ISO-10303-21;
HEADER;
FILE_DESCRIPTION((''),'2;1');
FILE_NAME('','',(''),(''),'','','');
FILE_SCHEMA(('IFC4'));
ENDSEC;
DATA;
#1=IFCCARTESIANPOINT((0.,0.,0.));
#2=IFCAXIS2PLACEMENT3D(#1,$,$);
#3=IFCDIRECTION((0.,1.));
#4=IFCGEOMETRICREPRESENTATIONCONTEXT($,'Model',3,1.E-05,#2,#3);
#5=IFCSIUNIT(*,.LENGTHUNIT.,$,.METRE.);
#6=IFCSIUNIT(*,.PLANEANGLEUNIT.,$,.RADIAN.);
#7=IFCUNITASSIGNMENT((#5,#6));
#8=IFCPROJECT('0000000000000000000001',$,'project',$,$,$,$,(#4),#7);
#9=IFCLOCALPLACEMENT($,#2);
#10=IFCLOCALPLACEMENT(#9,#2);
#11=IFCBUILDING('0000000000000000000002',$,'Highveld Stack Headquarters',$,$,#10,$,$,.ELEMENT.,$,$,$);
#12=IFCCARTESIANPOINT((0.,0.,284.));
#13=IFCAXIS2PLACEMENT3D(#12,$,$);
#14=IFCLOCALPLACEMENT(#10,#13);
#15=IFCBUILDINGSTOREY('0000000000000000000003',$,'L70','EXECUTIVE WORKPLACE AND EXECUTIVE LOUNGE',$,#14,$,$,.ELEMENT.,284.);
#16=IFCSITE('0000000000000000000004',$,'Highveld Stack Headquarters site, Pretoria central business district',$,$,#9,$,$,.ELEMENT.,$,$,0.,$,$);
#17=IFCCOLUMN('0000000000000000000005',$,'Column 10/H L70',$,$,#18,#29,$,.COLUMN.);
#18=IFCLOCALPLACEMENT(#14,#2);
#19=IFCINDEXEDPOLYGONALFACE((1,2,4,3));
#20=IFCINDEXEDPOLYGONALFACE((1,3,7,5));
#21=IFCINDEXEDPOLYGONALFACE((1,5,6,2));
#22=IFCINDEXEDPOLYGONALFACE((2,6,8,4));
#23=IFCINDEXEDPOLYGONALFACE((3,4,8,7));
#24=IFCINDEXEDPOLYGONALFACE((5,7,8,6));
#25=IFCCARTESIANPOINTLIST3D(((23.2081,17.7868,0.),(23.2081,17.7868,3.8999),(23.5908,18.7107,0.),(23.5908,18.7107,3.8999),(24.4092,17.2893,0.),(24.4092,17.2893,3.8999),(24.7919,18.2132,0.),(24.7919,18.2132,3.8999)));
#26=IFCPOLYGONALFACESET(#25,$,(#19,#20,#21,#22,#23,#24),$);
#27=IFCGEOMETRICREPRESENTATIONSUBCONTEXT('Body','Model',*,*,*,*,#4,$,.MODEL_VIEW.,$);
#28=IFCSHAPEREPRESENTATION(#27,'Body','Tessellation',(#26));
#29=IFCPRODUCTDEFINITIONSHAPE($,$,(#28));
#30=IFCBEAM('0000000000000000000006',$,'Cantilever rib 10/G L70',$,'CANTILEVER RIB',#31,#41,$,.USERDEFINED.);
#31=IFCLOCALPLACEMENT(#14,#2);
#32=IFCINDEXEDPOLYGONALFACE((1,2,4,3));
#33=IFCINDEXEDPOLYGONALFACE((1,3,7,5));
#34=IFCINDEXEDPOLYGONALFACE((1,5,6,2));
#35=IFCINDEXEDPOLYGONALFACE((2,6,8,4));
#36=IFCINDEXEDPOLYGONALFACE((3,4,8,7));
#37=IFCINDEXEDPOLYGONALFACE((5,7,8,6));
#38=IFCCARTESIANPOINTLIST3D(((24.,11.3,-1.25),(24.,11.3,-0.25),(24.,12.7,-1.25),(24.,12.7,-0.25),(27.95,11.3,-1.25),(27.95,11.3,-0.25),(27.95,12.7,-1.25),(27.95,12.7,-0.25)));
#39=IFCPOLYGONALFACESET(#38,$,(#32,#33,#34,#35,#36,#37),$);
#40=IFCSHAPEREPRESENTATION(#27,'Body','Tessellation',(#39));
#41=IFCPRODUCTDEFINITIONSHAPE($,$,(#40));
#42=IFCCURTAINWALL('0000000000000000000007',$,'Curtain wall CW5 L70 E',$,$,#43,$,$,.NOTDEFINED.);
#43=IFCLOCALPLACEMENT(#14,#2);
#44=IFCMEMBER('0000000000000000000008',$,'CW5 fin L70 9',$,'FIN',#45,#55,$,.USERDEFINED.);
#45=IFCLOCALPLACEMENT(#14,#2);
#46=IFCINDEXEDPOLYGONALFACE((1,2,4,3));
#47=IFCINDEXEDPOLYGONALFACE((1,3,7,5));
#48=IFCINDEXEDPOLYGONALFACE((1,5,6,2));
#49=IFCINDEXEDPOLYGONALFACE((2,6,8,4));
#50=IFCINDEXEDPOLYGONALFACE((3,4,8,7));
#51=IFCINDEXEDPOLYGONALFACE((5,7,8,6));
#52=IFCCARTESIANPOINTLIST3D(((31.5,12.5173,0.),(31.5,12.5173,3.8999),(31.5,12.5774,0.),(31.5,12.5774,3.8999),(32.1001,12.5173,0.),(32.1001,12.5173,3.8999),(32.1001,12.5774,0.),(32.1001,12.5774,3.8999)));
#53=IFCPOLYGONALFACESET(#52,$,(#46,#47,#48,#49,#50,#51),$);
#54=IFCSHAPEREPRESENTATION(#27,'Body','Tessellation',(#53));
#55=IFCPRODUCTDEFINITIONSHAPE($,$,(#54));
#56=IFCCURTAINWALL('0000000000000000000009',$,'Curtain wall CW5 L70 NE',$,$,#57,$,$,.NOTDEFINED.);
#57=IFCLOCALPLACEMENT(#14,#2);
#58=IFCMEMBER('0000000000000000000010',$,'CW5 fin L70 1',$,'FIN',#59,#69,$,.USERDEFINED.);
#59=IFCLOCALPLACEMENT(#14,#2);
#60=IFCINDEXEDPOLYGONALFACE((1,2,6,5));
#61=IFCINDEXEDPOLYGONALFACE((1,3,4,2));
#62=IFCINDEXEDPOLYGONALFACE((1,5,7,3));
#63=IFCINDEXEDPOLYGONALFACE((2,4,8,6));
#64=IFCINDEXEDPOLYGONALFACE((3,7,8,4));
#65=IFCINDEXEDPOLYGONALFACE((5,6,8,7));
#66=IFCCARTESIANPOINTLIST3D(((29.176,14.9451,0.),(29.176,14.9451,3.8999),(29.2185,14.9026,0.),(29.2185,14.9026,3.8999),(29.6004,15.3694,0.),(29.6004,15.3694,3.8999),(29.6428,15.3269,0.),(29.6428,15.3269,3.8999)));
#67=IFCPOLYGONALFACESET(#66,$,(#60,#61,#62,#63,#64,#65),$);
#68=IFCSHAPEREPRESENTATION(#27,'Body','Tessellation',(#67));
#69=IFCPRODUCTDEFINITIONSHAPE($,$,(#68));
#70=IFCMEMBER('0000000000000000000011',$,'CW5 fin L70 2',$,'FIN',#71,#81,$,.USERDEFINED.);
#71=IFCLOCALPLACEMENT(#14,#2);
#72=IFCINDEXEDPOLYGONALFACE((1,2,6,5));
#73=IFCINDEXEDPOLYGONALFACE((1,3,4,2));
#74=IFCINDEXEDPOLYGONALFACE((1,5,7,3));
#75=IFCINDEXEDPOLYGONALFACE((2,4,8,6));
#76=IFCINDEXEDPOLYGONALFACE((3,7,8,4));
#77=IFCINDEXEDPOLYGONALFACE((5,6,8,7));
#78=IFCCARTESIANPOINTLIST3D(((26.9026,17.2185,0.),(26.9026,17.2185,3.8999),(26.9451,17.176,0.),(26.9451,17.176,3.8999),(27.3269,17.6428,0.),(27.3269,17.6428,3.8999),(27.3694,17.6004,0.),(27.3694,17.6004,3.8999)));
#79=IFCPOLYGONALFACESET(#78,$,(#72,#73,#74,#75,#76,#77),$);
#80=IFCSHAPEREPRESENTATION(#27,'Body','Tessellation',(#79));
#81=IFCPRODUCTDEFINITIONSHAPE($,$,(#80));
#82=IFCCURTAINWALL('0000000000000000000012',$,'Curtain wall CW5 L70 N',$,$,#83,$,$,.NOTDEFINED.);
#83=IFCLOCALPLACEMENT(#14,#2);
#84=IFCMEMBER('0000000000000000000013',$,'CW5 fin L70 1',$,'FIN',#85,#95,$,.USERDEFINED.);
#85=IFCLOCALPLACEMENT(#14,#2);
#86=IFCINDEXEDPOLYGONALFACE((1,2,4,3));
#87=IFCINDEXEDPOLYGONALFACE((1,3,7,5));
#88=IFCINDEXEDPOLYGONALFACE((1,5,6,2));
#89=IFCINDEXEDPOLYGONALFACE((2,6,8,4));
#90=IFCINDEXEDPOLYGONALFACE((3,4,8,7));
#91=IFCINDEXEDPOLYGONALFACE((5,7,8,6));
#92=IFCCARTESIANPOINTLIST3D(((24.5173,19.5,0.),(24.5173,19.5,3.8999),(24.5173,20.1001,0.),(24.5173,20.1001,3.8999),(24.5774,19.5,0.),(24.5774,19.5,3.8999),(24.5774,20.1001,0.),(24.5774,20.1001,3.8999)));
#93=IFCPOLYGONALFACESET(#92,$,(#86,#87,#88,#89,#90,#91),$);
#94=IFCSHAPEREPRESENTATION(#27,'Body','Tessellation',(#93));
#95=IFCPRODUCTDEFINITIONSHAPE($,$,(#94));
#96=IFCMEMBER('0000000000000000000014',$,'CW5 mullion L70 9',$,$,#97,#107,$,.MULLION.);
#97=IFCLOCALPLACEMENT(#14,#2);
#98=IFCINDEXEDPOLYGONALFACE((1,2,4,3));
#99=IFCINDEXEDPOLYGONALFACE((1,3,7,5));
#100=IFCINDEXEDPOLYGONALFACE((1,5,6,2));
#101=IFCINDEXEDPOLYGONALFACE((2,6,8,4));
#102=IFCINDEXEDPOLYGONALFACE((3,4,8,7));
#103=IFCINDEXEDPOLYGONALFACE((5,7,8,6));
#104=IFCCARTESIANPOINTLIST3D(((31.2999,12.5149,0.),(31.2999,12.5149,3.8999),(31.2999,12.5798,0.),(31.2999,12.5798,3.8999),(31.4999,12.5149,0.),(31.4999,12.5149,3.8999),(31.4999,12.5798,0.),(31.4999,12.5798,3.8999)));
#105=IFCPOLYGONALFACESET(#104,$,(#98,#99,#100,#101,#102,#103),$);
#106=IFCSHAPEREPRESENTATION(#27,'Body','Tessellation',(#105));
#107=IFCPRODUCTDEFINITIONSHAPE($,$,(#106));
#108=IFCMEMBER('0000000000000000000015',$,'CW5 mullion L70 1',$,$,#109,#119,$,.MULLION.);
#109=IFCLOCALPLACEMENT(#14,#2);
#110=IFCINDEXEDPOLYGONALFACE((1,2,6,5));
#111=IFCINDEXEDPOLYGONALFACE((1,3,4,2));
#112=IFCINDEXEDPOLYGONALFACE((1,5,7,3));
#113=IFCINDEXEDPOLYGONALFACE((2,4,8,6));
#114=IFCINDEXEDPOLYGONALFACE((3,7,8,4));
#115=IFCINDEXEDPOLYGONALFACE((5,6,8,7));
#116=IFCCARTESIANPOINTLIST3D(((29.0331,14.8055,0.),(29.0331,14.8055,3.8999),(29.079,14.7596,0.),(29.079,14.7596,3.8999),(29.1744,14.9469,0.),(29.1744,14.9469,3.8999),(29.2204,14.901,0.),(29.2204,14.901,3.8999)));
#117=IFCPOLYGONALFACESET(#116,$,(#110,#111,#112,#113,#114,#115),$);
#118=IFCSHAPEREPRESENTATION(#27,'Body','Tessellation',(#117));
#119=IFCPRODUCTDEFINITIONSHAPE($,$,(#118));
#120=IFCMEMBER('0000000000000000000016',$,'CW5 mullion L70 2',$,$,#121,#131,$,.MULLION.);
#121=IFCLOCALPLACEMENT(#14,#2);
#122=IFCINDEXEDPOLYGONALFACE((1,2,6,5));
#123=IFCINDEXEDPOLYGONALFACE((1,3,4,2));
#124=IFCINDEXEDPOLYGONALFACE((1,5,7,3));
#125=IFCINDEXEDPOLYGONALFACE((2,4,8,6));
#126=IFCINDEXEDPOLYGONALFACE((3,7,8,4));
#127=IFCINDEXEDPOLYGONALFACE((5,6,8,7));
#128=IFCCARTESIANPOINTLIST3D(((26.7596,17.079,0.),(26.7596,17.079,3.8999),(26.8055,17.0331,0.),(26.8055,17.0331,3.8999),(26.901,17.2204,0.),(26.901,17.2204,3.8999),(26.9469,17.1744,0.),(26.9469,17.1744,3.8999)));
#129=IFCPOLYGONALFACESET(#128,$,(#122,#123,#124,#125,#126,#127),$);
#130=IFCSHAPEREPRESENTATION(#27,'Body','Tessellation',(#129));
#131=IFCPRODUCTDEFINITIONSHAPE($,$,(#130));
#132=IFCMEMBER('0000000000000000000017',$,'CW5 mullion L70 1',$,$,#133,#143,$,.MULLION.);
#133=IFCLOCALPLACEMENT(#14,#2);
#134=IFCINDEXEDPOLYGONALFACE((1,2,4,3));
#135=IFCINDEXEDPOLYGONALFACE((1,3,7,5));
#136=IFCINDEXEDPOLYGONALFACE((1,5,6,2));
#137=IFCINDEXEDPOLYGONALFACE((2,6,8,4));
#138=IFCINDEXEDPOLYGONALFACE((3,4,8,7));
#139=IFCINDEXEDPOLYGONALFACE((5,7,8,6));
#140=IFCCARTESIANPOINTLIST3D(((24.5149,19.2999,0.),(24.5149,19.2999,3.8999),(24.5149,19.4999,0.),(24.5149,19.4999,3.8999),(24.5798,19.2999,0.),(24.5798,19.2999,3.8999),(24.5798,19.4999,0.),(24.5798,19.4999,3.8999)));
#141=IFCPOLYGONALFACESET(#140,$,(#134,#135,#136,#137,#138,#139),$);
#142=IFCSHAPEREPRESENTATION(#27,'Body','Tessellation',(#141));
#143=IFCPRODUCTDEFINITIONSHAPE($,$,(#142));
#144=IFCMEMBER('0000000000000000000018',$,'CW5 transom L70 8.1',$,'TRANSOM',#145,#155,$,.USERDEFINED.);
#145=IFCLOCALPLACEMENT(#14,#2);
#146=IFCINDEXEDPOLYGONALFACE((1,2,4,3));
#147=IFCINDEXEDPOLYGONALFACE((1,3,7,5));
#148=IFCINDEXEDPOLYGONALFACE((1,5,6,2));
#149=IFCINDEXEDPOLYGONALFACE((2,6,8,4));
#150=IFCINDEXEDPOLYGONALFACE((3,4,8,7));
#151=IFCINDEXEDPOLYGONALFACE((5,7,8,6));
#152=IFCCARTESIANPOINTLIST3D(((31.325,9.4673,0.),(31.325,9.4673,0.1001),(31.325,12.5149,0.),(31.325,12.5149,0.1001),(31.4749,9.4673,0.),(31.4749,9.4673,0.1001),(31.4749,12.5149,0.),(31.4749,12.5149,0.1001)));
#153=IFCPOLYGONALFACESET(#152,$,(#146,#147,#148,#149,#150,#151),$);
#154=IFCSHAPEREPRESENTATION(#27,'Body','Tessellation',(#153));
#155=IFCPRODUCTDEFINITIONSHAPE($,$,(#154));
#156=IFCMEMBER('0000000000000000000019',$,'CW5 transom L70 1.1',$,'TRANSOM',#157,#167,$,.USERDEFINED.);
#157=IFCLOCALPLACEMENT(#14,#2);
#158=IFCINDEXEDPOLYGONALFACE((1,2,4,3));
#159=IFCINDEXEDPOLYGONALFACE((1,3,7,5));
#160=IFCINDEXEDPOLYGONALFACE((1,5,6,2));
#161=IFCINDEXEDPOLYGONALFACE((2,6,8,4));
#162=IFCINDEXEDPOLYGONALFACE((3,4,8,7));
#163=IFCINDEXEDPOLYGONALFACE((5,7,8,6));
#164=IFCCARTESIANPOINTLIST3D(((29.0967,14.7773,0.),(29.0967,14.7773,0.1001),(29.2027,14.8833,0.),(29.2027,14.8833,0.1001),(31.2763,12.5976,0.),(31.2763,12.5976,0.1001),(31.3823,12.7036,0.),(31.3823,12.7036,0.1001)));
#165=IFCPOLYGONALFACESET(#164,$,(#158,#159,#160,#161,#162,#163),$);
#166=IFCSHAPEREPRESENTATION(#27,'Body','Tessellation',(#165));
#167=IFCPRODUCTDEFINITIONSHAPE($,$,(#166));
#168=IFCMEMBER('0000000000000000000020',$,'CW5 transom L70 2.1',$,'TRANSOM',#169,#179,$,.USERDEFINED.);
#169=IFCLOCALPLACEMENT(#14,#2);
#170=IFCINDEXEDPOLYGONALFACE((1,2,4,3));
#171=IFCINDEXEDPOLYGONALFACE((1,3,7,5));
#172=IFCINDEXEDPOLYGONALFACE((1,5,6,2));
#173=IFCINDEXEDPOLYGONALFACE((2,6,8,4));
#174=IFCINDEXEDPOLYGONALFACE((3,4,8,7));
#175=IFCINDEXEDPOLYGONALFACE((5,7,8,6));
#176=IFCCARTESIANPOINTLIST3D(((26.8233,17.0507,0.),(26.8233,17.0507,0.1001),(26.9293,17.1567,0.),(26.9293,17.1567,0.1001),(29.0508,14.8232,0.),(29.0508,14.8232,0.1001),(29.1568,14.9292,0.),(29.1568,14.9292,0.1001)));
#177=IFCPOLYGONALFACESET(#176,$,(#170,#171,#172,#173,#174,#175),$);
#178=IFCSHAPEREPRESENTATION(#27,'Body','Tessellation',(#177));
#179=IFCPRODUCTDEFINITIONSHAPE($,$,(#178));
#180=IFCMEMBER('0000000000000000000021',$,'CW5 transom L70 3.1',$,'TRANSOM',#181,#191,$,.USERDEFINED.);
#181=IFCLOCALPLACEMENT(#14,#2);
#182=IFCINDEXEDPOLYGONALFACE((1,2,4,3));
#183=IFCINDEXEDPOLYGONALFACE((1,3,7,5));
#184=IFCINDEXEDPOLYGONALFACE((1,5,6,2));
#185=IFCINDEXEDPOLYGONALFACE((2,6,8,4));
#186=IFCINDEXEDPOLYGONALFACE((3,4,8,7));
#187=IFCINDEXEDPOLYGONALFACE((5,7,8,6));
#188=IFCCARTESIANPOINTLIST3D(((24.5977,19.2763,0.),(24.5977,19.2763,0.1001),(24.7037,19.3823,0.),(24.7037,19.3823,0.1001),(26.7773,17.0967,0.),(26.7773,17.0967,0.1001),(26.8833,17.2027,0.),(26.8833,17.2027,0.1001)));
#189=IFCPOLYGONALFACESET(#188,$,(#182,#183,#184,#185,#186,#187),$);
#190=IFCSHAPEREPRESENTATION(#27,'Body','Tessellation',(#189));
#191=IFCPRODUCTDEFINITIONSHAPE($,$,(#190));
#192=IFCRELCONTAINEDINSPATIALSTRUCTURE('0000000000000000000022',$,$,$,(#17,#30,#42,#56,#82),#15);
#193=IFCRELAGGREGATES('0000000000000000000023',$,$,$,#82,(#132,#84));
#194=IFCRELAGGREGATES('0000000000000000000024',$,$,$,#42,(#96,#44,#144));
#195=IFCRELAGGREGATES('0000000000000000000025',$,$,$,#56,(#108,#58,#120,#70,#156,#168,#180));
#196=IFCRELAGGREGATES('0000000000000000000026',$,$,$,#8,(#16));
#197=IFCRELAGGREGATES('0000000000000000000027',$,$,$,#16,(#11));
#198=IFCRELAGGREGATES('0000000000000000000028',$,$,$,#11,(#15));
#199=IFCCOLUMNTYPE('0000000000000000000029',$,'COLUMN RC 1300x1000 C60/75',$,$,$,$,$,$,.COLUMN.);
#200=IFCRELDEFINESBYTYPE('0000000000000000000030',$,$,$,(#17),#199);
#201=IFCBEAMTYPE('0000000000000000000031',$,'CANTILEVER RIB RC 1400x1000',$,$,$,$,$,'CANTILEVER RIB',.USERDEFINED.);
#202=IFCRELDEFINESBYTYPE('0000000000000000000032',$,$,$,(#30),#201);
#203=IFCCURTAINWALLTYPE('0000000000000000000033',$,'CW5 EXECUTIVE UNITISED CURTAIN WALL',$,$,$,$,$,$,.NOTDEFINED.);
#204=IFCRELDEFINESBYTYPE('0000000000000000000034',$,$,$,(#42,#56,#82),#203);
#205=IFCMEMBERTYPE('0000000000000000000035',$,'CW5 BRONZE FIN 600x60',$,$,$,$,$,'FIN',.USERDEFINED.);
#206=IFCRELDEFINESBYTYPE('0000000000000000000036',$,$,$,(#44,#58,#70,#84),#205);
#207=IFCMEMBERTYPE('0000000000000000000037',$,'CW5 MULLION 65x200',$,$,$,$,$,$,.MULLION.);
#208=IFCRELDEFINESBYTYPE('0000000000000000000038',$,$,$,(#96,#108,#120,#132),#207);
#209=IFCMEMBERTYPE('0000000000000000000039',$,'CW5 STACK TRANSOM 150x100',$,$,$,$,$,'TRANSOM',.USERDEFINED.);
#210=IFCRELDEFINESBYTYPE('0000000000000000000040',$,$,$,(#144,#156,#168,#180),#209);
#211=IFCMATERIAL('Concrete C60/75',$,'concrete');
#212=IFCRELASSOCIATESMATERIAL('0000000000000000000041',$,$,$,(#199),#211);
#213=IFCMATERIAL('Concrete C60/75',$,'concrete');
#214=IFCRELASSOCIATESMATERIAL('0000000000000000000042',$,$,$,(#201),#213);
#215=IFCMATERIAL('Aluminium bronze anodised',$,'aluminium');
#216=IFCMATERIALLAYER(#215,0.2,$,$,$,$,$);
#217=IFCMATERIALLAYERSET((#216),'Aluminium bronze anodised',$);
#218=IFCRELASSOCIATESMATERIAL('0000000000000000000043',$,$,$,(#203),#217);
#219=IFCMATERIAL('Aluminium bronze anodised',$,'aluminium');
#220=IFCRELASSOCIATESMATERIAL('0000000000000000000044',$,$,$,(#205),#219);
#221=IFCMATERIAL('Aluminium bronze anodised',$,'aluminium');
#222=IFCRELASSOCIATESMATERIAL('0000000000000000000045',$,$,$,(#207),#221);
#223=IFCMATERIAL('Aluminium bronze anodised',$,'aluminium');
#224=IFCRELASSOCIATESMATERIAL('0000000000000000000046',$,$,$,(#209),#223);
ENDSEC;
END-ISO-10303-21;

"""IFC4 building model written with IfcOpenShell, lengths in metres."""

from ifc_helpers import new_model, si_unit, direction, frame, origin, origin_2d, place, context, subcontext, project, spatial, rectangle, extrude, material, layer, layer_set, material_profile, profile_set, type_object, element, aggregate, save


model = new_model("IFC4")

# Units and contexts
model_context = context("Model", 3, precision=1e-05, world=origin(), true_north=direction((0.0, 1.0)))
body_context = subcontext(model_context, "Body", "Model", "MODEL_VIEW")
ifc_project = project(units=[si_unit("LENGTHUNIT", "METRE"), si_unit("PLANEANGLEUNIT", "RADIAN")], contexts=[model_context])

# Site, building, storey
site_placement = place(None, origin())
site = spatial("IfcSite", under=ifc_project, at=site_placement, Name="Highveld Stack Headquarters site, Pretoria central business district", CompositionType="ELEMENT", RefElevation=0.0)
building_placement = place(site_placement, origin())
building = spatial("IfcBuilding", under=site, at=building_placement, Name="Highveld Stack Headquarters", CompositionType="ELEMENT")
storey_placement = place(building_placement, frame((0.0, 0.0, 284.0)))
storey = spatial("IfcBuildingStorey", under=building, at=storey_placement, Name="L70", Description="EXECUTIVE WORKPLACE AND EXECUTIVE LOUNGE", CompositionType="ELEMENT", Elevation=284.0)

# Column
ifc_material_1 = material(Name="Concrete C60/75", Category="concrete")
ifc_material_profile_1 = material_profile(ifc_material_1, rectangle(XDim=1.3, YDim=1.0, at=origin_2d()), Name="RC 1300x1000")
ifc_profile_set_1 = profile_set([ifc_material_profile_1], Name="Concrete C60/75")
column_type = type_object("IfcColumnType", Name="COLUMN RC 1300x1000 C60/75", PredefinedType="COLUMN", material=ifc_profile_set_1)
column_placement = place(storey_placement, frame((24.0, 18.0, 0.0), z_axis=(0.0, 0.0, 1.0), x_axis=(0.92388, -0.382683, 0.0)))
element("IfcColumn", 1, at=column_placement, inside=storey, type_object=column_type, Name="Column 10/H L70", PredefinedType="COLUMN", context=body_context, shape_type="SweptSolid", body=[
    extrude(rectangle(XDim=1.3, YDim=1.0, at=origin_2d()), origin(), (0.0, 0.0, 1.0), 3.8999),
])

# Beam
ifc_material_2 = material(Name="Concrete C60/75", Category="concrete")
ifc_material_profile_2 = material_profile(ifc_material_2, rectangle(XDim=1.3999, YDim=1.0, at=origin_2d()), Name="RC 1400x1000")
ifc_profile_set_2 = profile_set([ifc_material_profile_2], Name="Concrete C60/75")
beam_type = type_object("IfcBeamType", Name="CANTILEVER RIB RC 1400x1000", ElementType="CANTILEVER RIB", PredefinedType="USERDEFINED", material=ifc_profile_set_2)
beam_placement = place(storey_placement, frame((24.0, 12.0, -0.75), z_axis=(1.0, 0.0, 0.0), x_axis=(0.0, 1.0, 0.0)))
element("IfcBeam", 2, at=beam_placement, inside=storey, type_object=beam_type, Name="Cantilever rib 10/G L70", ObjectType="CANTILEVER RIB", PredefinedType="USERDEFINED", context=body_context, shape_type="SweptSolid", body=[
    extrude(rectangle(XDim=1.3999, YDim=1.0, at=origin_2d()), origin(), (0.0, 0.0, 1.0), 3.95),
])

# Curtain wall, member
ifc_material_3 = material(Name="Aluminium bronze anodised", Category="aluminium")
ifc_layer_1 = layer(ifc_material_3, 0.2)
ifc_layer_set_1 = layer_set([ifc_layer_1], Name="Aluminium bronze anodised")
curtain_wall_type = type_object("IfcCurtainWallType", Name="CW5 EXECUTIVE UNITISED CURTAIN WALL", PredefinedType="NOTDEFINED", material=ifc_layer_set_1)
curtain_wall_1_placement = place(storey_placement, origin())
curtain_wall_1 = element("IfcCurtainWall", 3, at=curtain_wall_1_placement, inside=storey, type_object=curtain_wall_type, Name="Curtain wall CW5 L70 E", PredefinedType="NOTDEFINED")
ifc_material_4 = material(Name="Aluminium bronze anodised", Category="aluminium")
ifc_material_profile_3 = material_profile(ifc_material_4, rectangle(XDim=0.6001, YDim=0.0601, at=origin_2d()), Name="FIN 600x60")
ifc_profile_set_3 = profile_set([ifc_material_profile_3], Name="Aluminium bronze anodised")
member_type_1 = type_object("IfcMemberType", Name="CW5 BRONZE FIN 600x60", ElementType="FIN", PredefinedType="USERDEFINED", material=ifc_profile_set_3)
member_1_placement = place(storey_placement, frame((31.8, 12.5474, 0.0), z_axis=(0.0, 0.0, 1.0), x_axis=(-1.0, 0.0, 0.0)))
member_1 = element("IfcMember", 4, at=member_1_placement, type_object=member_type_1, Name="CW5 fin L70 9", ObjectType="FIN", PredefinedType="USERDEFINED", context=body_context, shape_type="SweptSolid", body=[
    extrude(rectangle(XDim=0.6001, YDim=0.0601, at=origin_2d()), origin(), (0.0, 0.0, 1.0), 3.8999),
])

# Curtain wall, members
curtain_wall_2_placement = place(storey_placement, origin())
curtain_wall_2 = element("IfcCurtainWall", 5, at=curtain_wall_2_placement, inside=storey, type_object=curtain_wall_type, Name="Curtain wall CW5 L70 NE", PredefinedType="NOTDEFINED")
member_2_placement = place(storey_placement, frame((29.4094, 15.136, 0.0), z_axis=(0.0, 0.0, 1.0), x_axis=(-0.707107, -0.707107, 0.0)))
member_2 = element("IfcMember", 6, at=member_2_placement, type_object=member_type_1, Name="CW5 fin L70 1", ObjectType="FIN", PredefinedType="USERDEFINED", context=body_context, shape_type="SweptSolid", body=[
    extrude(rectangle(XDim=0.6001, YDim=0.0601, at=origin_2d()), origin(), (0.0, 0.0, 1.0), 3.8999),
])
member_3_placement = place(storey_placement, frame((27.136, 17.4094, 0.0), z_axis=(0.0, 0.0, 1.0), x_axis=(-0.707107, -0.707107, 0.0)))
member_3 = element("IfcMember", 7, at=member_3_placement, type_object=member_type_1, Name="CW5 fin L70 2", ObjectType="FIN", PredefinedType="USERDEFINED", context=body_context, shape_type="SweptSolid", body=[
    extrude(rectangle(XDim=0.6001, YDim=0.0601, at=origin_2d()), origin(), (0.0, 0.0, 1.0), 3.8999),
])

# Curtain wall, member
curtain_wall_3_placement = place(storey_placement, origin())
curtain_wall_3 = element("IfcCurtainWall", 8, at=curtain_wall_3_placement, inside=storey, type_object=curtain_wall_type, Name="Curtain wall CW5 L70 N", PredefinedType="NOTDEFINED")
member_4_placement = place(storey_placement, frame((24.5474, 19.8, 0.0), z_axis=(0.0, 0.0, 1.0), x_axis=(0.0, -1.0, 0.0)))
member_4 = element("IfcMember", 9, at=member_4_placement, type_object=member_type_1, Name="CW5 fin L70 1", ObjectType="FIN", PredefinedType="USERDEFINED", context=body_context, shape_type="SweptSolid", body=[
    extrude(rectangle(XDim=0.6001, YDim=0.0601, at=origin_2d()), origin(), (0.0, 0.0, 1.0), 3.8999),
])

# Members
ifc_material_5 = material(Name="Aluminium bronze anodised", Category="aluminium")
ifc_material_profile_4 = material_profile(ifc_material_5, rectangle(XDim=0.2, YDim=0.0649, at=origin_2d()), Name="CW5 MULLION 65x200")
ifc_profile_set_4 = profile_set([ifc_material_profile_4], Name="Aluminium bronze anodised")
member_type_2 = type_object("IfcMemberType", Name="CW5 MULLION 65x200", PredefinedType="MULLION", material=ifc_profile_set_4)
member_5_placement = place(storey_placement, frame((31.3999, 12.5474, 0.0), z_axis=(0.0, 0.0, 1.0), x_axis=(-1.0, 0.0, 0.0)))
member_5 = element("IfcMember", 10, at=member_5_placement, type_object=member_type_2, Name="CW5 mullion L70 9", PredefinedType="MULLION", context=body_context, shape_type="SweptSolid", body=[
    extrude(rectangle(XDim=0.2, YDim=0.0649, at=origin_2d()), origin(), (0.0, 0.0, 1.0), 3.8999),
])
member_6_placement = place(storey_placement, frame((29.1267, 14.8533, 0.0), z_axis=(0.0, 0.0, 1.0), x_axis=(-0.707107, -0.707107, 0.0)))
member_6 = element("IfcMember", 11, at=member_6_placement, type_object=member_type_2, Name="CW5 mullion L70 1", PredefinedType="MULLION", context=body_context, shape_type="SweptSolid", body=[
    extrude(rectangle(XDim=0.2, YDim=0.0649, at=origin_2d()), origin(), (0.0, 0.0, 1.0), 3.8999),
])
member_7_placement = place(storey_placement, frame((26.8533, 17.1267, 0.0), z_axis=(0.0, 0.0, 1.0), x_axis=(-0.707107, -0.707107, 0.0)))
member_7 = element("IfcMember", 12, at=member_7_placement, type_object=member_type_2, Name="CW5 mullion L70 2", PredefinedType="MULLION", context=body_context, shape_type="SweptSolid", body=[
    extrude(rectangle(XDim=0.2, YDim=0.0649, at=origin_2d()), origin(), (0.0, 0.0, 1.0), 3.8999),
])
member_8_placement = place(storey_placement, frame((24.5474, 19.3999, 0.0), z_axis=(0.0, 0.0, 1.0), x_axis=(0.0, -1.0, 0.0)))
member_8 = element("IfcMember", 13, at=member_8_placement, type_object=member_type_2, Name="CW5 mullion L70 1", PredefinedType="MULLION", context=body_context, shape_type="SweptSolid", body=[
    extrude(rectangle(XDim=0.2, YDim=0.0649, at=origin_2d()), origin(), (0.0, 0.0, 1.0), 3.8999),
])
ifc_material_6 = material(Name="Aluminium bronze anodised", Category="aluminium")
ifc_material_profile_5 = material_profile(ifc_material_6, rectangle(XDim=0.1499, YDim=0.1001, at=origin_2d()), Name="CW5 TRANSOM 150x100")
ifc_profile_set_5 = profile_set([ifc_material_profile_5], Name="Aluminium bronze anodised")
member_type_3 = type_object("IfcMemberType", Name="CW5 STACK TRANSOM 150x100", ElementType="TRANSOM", PredefinedType="USERDEFINED", material=ifc_profile_set_5)
member_9_placement = place(storey_placement, frame((31.3999, 9.4673, 0.05), z_axis=(0.0, 1.0, 0.0), x_axis=(-1.0, 0.0, 0.0)))
member_9 = element("IfcMember", 14, at=member_9_placement, type_object=member_type_3, Name="CW5 transom L70 8.1", ObjectType="TRANSOM", PredefinedType="USERDEFINED", context=body_context, shape_type="SweptSolid", body=[
    extrude(rectangle(XDim=0.1499, YDim=0.1001, at=origin_2d()), origin(), (0.0, 0.0, 1.0), 3.0476),
])
member_10_placement = place(storey_placement, frame((31.3293, 12.6506, 0.05), z_axis=(-0.707107, 0.707107, 0.0), x_axis=(-0.707107, -0.707107, 0.0)))
member_10 = element("IfcMember", 15, at=member_10_placement, type_object=member_type_3, Name="CW5 transom L70 1.1", ObjectType="TRANSOM", PredefinedType="USERDEFINED", context=body_context, shape_type="SweptSolid", body=[
    extrude(rectangle(XDim=0.1499, YDim=0.1001, at=origin_2d()), origin(), (0.0, 0.0, 1.0), 3.0825),
])
member_11_placement = place(storey_placement, frame((29.1038, 14.8762, 0.05), z_axis=(-0.707107, 0.707107, 0.0), x_axis=(-0.707107, -0.707107, 0.0)))
member_11 = element("IfcMember", 16, at=member_11_placement, type_object=member_type_3, Name="CW5 transom L70 2.1", ObjectType="TRANSOM", PredefinedType="USERDEFINED", context=body_context, shape_type="SweptSolid", body=[
    extrude(rectangle(XDim=0.1499, YDim=0.1001, at=origin_2d()), origin(), (0.0, 0.0, 1.0), 3.1501),
])
member_12_placement = place(storey_placement, frame((26.8303, 17.1497, 0.05), z_axis=(-0.707107, 0.707107, 0.0), x_axis=(-0.707107, -0.707107, 0.0)))
member_12 = element("IfcMember", 17, at=member_12_placement, type_object=member_type_3, Name="CW5 transom L70 3.1", ObjectType="TRANSOM", PredefinedType="USERDEFINED", context=body_context, shape_type="SweptSolid", body=[
    extrude(rectangle(XDim=0.1499, YDim=0.1001, at=origin_2d()), origin(), (0.0, 0.0, 1.0), 3.0825),
])
aggregate(curtain_wall_3, [member_8, member_4])

aggregate(curtain_wall_1, [member_5, member_1, member_9])
aggregate(curtain_wall_2, [member_6, member_2, member_7, member_3, member_10, member_11, member_12])

save(model, "model.ifc")
